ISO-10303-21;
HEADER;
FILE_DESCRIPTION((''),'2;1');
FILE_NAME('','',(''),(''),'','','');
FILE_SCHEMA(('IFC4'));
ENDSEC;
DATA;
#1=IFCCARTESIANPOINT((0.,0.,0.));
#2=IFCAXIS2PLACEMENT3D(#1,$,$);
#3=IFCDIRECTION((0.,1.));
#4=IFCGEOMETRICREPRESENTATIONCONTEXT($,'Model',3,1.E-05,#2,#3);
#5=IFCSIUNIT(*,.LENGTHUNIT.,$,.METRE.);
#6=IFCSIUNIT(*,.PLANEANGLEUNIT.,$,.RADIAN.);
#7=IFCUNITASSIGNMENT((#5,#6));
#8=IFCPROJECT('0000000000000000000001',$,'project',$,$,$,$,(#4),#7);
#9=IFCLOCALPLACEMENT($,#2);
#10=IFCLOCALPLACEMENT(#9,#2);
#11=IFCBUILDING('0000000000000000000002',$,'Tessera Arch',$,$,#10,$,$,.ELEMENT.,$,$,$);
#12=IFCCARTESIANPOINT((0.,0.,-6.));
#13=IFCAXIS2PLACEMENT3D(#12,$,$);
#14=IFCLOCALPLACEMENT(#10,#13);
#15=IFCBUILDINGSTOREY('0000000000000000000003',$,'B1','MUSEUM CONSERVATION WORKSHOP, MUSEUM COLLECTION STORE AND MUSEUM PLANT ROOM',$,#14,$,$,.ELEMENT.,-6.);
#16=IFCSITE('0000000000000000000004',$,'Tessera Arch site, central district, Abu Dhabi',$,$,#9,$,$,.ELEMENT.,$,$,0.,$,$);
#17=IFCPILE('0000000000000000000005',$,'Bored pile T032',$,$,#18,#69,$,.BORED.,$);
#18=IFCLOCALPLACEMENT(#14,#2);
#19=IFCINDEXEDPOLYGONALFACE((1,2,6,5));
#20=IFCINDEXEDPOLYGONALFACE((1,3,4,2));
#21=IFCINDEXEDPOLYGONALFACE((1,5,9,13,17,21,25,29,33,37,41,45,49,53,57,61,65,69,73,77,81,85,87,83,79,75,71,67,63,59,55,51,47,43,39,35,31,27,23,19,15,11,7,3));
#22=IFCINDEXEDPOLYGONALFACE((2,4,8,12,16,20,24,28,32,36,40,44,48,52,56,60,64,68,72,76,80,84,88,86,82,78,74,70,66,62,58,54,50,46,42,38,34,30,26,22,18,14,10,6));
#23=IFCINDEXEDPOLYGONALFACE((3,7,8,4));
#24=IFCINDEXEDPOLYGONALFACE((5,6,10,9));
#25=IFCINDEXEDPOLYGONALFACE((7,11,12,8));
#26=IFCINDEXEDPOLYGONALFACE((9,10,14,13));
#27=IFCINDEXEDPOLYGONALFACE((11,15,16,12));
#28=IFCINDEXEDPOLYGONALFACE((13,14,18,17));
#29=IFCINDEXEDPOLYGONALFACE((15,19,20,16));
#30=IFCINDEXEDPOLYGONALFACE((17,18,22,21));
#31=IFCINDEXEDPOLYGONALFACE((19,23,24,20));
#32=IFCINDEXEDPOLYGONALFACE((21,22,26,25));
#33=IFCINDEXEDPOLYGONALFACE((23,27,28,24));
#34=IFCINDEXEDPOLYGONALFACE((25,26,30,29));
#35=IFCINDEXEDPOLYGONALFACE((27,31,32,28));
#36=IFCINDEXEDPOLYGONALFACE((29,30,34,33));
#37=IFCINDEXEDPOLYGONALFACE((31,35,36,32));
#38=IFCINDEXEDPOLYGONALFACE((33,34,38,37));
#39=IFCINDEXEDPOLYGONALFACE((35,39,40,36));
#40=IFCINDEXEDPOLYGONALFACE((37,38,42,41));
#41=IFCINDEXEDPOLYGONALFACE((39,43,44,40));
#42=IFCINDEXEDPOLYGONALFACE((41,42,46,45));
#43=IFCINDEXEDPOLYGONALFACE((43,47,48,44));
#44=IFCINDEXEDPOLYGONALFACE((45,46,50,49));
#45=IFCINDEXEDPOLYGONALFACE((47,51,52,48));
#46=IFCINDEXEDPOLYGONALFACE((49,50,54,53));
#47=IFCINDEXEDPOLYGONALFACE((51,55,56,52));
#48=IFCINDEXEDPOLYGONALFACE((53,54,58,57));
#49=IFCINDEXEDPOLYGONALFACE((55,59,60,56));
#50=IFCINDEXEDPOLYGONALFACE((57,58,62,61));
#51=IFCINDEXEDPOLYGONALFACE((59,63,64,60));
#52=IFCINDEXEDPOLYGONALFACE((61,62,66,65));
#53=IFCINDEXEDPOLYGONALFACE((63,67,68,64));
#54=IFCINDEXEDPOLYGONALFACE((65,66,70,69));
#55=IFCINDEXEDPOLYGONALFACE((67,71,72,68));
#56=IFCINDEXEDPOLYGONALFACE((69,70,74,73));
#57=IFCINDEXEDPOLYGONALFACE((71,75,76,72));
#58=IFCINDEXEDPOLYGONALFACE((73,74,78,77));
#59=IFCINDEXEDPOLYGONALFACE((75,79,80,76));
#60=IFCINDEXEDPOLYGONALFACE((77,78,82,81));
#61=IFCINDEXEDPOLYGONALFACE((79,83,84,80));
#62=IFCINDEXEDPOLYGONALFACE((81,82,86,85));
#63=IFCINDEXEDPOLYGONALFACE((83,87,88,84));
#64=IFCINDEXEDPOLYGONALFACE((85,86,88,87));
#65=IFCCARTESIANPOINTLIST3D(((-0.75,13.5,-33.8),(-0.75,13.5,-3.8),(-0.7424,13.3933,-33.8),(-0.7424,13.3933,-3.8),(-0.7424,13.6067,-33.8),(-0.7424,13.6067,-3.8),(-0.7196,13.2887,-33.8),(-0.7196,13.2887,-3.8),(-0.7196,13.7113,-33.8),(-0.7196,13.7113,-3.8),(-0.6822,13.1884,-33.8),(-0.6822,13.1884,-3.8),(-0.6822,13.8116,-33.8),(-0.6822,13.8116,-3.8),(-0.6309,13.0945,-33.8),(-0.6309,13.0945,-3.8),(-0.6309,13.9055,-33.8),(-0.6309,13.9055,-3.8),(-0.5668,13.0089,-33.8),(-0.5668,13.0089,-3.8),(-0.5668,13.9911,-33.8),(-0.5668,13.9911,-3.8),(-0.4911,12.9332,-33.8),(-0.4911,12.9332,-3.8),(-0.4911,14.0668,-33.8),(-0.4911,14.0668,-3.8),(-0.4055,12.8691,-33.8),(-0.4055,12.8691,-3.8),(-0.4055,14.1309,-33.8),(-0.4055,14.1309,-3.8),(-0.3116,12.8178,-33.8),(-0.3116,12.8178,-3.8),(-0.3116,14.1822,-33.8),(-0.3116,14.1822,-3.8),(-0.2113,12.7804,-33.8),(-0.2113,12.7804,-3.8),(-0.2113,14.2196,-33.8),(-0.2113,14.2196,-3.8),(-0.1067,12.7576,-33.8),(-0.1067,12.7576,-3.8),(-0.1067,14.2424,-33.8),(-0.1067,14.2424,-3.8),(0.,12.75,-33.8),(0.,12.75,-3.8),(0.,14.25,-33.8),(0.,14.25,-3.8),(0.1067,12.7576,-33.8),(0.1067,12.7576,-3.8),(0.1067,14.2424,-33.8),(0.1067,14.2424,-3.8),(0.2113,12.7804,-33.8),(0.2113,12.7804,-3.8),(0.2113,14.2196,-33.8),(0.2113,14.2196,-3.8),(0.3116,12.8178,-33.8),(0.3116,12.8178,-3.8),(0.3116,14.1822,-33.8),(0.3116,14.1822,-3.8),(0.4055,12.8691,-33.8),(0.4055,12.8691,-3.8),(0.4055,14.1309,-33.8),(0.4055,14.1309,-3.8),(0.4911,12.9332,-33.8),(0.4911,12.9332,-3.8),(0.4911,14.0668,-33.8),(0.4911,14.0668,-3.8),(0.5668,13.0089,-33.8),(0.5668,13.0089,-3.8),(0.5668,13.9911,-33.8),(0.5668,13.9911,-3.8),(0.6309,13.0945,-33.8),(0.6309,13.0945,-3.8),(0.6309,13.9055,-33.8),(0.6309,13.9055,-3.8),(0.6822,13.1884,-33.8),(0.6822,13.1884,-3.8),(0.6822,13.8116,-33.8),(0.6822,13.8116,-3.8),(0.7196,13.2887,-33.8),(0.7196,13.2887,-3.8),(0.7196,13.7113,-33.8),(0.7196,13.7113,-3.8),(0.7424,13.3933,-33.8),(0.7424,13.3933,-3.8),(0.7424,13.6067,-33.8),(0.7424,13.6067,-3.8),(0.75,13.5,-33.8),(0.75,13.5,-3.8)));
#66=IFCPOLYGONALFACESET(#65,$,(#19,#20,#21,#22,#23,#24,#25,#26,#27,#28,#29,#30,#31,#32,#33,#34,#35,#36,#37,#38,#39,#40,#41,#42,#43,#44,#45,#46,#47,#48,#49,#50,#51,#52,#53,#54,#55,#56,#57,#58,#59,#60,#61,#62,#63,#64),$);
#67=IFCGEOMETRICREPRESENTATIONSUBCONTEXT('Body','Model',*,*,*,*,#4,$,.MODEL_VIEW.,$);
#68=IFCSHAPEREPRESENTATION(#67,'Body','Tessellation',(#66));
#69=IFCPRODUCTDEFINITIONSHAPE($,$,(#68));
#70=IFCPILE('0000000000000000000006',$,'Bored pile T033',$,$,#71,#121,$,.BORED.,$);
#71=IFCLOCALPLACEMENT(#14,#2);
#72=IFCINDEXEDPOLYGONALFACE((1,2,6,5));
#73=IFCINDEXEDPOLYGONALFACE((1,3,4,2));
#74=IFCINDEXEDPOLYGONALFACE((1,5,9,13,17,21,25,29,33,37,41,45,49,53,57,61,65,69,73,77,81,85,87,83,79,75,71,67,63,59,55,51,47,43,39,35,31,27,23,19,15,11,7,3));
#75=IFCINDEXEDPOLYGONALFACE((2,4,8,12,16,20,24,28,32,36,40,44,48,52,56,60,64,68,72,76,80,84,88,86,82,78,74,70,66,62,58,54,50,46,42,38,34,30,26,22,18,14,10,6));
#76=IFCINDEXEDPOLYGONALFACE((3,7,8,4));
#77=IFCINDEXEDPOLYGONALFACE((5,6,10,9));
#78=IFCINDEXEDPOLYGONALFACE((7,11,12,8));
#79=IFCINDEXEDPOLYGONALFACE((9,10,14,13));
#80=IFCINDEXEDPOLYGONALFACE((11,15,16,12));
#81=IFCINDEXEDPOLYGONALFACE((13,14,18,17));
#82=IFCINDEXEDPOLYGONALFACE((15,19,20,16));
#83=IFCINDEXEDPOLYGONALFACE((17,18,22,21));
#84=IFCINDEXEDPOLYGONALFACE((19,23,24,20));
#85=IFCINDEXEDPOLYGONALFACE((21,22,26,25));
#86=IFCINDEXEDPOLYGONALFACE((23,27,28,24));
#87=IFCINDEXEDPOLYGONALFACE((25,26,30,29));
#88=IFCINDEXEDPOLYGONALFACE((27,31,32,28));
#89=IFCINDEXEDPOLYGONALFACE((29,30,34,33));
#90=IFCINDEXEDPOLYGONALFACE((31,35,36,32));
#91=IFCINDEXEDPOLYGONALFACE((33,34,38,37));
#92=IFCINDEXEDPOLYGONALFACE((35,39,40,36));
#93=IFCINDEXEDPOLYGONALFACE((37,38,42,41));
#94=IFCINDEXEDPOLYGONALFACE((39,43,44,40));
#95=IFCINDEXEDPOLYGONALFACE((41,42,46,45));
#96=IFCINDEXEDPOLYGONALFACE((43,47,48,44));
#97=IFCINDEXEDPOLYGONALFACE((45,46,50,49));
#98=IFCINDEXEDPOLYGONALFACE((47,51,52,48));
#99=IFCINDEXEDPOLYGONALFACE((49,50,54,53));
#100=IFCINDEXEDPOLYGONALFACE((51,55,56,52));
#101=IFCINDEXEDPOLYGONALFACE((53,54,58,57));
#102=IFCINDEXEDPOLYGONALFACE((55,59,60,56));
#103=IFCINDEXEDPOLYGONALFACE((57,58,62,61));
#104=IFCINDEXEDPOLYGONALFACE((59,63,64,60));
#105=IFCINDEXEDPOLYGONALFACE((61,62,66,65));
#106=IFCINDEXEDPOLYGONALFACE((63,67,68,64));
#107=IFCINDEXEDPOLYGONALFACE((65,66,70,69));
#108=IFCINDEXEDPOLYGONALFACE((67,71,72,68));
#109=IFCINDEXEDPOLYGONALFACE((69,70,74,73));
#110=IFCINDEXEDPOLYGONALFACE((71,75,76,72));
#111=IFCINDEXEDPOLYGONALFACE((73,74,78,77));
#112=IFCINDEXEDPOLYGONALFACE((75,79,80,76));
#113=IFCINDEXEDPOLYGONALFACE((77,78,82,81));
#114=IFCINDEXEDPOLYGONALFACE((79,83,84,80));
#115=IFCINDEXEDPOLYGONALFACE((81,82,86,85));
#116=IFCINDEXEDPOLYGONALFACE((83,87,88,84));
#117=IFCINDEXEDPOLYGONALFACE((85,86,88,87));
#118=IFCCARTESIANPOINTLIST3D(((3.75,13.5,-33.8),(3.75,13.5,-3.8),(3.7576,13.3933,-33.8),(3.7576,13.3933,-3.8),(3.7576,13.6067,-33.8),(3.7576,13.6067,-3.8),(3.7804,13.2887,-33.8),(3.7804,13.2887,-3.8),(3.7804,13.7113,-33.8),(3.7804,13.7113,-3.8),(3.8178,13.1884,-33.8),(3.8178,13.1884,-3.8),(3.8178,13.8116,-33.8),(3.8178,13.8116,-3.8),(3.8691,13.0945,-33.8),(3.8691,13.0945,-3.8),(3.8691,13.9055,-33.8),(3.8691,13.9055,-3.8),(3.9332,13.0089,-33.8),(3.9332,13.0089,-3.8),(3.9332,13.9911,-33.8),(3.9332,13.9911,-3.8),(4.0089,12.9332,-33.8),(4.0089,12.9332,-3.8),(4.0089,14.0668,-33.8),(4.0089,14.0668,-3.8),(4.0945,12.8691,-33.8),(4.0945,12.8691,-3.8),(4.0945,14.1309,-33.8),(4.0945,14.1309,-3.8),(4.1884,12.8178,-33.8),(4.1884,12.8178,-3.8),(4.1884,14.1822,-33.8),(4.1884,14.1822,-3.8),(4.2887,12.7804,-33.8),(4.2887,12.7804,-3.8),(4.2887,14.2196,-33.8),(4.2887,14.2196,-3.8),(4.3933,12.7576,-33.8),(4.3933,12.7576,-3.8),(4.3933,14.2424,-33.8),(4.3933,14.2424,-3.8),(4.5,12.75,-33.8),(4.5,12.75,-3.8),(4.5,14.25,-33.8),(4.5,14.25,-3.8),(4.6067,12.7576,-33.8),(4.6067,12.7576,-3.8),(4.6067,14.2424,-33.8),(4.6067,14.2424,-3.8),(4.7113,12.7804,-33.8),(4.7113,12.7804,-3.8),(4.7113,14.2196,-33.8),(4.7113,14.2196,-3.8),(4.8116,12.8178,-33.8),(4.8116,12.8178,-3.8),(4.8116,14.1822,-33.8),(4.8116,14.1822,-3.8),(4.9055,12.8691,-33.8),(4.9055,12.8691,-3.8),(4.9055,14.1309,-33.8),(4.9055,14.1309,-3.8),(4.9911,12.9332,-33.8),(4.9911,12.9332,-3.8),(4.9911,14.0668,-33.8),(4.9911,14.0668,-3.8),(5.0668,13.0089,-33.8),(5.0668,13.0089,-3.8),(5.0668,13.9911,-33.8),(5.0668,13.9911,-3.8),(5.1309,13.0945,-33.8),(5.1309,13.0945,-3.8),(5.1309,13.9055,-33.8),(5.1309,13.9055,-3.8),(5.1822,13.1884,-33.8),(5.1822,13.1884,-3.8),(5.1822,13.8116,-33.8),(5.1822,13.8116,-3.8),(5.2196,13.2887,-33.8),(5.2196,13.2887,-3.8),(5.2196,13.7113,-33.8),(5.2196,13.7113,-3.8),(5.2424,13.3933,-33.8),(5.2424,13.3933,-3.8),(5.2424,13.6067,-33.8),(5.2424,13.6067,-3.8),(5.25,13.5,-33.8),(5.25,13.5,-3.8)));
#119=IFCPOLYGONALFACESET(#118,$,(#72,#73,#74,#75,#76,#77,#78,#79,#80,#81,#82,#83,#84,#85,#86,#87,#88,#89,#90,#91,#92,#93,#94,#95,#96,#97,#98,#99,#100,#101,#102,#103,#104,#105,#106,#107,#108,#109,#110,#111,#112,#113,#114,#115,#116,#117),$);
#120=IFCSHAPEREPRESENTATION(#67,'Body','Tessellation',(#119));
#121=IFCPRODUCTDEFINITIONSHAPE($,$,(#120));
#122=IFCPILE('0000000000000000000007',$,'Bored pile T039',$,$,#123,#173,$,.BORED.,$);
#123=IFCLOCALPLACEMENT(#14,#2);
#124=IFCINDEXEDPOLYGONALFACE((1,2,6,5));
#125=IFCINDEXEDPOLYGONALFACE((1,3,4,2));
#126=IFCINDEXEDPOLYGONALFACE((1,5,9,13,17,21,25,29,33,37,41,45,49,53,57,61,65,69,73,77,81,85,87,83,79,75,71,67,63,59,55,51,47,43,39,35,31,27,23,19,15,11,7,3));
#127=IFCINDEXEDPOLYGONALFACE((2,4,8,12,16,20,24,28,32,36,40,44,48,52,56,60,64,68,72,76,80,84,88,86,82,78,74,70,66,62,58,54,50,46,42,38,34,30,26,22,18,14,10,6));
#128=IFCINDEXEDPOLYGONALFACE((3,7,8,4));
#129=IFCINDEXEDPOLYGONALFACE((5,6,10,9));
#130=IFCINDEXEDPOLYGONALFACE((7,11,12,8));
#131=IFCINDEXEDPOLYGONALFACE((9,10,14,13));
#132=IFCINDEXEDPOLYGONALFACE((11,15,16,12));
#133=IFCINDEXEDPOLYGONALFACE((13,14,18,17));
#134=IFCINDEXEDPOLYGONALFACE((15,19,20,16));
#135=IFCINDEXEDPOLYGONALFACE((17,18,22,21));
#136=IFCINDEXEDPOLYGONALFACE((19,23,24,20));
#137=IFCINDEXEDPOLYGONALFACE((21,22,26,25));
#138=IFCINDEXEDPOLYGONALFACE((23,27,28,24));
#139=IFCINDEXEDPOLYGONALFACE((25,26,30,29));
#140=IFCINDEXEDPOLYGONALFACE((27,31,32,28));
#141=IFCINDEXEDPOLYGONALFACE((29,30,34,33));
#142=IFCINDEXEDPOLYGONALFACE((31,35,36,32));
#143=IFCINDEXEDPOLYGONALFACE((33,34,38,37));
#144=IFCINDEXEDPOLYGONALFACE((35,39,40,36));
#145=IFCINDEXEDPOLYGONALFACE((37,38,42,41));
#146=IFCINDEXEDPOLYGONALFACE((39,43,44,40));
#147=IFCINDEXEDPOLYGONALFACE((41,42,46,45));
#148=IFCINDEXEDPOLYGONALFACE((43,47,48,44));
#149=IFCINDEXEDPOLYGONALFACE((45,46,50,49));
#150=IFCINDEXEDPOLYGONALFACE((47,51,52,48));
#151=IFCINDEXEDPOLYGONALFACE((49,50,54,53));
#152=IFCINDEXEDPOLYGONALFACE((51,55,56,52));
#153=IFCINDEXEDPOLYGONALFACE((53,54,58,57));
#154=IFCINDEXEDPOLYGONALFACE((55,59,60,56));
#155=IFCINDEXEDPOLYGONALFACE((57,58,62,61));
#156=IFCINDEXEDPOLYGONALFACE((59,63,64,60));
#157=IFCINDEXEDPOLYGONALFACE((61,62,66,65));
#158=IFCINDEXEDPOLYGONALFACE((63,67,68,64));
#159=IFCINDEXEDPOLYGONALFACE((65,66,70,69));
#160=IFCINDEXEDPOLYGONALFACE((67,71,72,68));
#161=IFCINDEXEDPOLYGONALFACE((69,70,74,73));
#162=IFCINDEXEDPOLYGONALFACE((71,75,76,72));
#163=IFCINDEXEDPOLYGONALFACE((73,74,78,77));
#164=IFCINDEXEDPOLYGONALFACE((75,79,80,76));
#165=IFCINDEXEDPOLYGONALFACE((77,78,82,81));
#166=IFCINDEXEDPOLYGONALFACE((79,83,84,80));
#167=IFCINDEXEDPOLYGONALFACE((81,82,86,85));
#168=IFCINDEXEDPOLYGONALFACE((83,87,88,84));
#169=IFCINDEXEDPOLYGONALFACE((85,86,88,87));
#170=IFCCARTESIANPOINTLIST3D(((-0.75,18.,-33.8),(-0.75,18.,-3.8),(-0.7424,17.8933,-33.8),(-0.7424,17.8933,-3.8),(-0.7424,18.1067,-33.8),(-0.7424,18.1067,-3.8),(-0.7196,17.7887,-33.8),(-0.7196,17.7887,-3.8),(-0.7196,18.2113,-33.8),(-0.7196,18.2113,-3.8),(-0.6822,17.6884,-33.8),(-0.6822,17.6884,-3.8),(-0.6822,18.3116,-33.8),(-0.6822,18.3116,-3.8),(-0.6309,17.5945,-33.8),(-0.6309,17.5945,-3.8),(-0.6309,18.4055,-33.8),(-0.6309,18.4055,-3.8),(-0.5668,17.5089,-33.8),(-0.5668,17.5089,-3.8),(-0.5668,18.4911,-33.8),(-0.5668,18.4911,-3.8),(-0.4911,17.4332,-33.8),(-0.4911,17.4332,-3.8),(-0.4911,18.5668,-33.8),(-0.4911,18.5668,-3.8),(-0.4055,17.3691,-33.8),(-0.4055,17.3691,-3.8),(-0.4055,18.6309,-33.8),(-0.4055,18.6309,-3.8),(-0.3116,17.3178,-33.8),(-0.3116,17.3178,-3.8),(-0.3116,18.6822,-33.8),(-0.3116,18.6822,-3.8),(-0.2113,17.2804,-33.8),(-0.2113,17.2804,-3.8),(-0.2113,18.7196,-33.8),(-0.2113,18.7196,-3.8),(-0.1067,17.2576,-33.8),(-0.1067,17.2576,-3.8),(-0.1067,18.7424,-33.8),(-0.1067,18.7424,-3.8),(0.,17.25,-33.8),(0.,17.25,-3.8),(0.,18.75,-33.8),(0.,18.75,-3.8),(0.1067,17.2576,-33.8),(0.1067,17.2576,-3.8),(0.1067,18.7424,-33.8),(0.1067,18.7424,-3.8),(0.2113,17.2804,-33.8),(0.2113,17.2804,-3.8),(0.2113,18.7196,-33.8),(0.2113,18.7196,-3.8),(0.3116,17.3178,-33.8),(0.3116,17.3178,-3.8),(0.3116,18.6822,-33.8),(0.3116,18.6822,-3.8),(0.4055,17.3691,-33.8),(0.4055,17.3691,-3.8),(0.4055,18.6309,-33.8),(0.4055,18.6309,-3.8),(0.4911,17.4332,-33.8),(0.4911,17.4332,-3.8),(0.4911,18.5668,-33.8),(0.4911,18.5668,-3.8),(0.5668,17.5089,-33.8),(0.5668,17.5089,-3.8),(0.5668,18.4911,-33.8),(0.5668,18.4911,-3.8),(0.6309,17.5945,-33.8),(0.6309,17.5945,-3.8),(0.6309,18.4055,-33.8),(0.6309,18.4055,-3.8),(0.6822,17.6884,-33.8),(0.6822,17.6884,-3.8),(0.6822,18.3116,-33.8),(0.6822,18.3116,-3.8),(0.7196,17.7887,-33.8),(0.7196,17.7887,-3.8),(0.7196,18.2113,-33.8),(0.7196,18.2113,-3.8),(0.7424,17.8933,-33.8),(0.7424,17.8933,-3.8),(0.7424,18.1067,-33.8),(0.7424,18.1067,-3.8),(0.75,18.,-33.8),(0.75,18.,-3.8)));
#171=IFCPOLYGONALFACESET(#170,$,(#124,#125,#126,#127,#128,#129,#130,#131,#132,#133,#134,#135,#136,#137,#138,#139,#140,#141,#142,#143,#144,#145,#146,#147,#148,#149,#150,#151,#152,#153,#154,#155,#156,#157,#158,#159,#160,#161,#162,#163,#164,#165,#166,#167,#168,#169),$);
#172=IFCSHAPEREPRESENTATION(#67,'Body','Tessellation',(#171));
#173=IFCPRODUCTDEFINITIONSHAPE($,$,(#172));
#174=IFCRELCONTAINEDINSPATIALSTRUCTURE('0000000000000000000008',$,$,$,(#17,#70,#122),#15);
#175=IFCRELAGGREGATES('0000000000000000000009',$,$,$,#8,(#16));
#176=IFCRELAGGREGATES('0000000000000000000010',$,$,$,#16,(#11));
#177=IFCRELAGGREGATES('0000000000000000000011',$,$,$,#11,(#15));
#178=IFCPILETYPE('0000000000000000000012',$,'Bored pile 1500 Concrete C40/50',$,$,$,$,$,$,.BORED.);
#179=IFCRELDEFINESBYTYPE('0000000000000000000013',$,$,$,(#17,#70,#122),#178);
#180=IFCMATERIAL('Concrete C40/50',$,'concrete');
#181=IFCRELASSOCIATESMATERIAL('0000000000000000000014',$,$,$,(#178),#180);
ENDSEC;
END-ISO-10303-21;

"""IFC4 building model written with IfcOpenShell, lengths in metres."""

from ifc_helpers import new_model, si_unit, direction, frame, origin, origin_2d, place, context, subcontext, project, spatial, circle, extrude, material, type_object, element, save


model = new_model("IFC4")

# Units and contexts
model_context = context("Model", 3, precision=1e-05, world=origin(), true_north=direction((0.0, 1.0)))
body_context = subcontext(model_context, "Body", "Model", "MODEL_VIEW")
ifc_project = project(units=[si_unit("LENGTHUNIT", "METRE"), si_unit("PLANEANGLEUNIT", "RADIAN")], contexts=[model_context])

# Site, building, storey
site_placement = place(None, origin())
site = spatial("IfcSite", under=ifc_project, at=site_placement, Name="Tessera Arch site, central district, Abu Dhabi", CompositionType="ELEMENT", RefElevation=0.0)
building_placement = place(site_placement, origin())
building = spatial("IfcBuilding", under=site, at=building_placement, Name="Tessera Arch", CompositionType="ELEMENT")
storey_placement = place(building_placement, frame((0.0, 0.0, -6.0)))
storey = spatial("IfcBuildingStorey", under=building, at=storey_placement, Name="B1", Description="MUSEUM CONSERVATION WORKSHOP, MUSEUM COLLECTION STORE AND MUSEUM PLANT ROOM", CompositionType="ELEMENT", Elevation=-6.0)

# Piles
ifc_material_1 = material(Name="Concrete C40/50", Category="concrete")
pile_type = type_object("IfcPileType", Name="Bored pile 1500 Concrete C40/50", PredefinedType="BORED", material=ifc_material_1)
for number, where, z_axis, x_axis, name in (
    (1, (0.0, 13.5, -3.8), (0.0, 0.0, -1.0), (1.0, 0.0, 0.0), "Bored pile T032"),
    (2, (4.5, 13.5, -3.8), (0.0, 0.0, -1.0), (1.0, 0.0, 0.0), "Bored pile T033"),
    (3, (0.0, 18.0, -3.8), (0.0, 0.0, -1.0), (1.0, 0.0, 0.0), "Bored pile T039"),
):
    element("IfcPile", number, at=place(storey_placement, frame(where, z_axis=z_axis, x_axis=x_axis)), inside=storey, type_object=pile_type, Name=name, PredefinedType="BORED", context=body_context, shape_type="SweptSolid", body=[
        extrude(circle(Radius=0.75, at=origin_2d()), origin(), (0.0, 0.0, 1.0), 30.0),
    ])

save(model, "model.ifc")
